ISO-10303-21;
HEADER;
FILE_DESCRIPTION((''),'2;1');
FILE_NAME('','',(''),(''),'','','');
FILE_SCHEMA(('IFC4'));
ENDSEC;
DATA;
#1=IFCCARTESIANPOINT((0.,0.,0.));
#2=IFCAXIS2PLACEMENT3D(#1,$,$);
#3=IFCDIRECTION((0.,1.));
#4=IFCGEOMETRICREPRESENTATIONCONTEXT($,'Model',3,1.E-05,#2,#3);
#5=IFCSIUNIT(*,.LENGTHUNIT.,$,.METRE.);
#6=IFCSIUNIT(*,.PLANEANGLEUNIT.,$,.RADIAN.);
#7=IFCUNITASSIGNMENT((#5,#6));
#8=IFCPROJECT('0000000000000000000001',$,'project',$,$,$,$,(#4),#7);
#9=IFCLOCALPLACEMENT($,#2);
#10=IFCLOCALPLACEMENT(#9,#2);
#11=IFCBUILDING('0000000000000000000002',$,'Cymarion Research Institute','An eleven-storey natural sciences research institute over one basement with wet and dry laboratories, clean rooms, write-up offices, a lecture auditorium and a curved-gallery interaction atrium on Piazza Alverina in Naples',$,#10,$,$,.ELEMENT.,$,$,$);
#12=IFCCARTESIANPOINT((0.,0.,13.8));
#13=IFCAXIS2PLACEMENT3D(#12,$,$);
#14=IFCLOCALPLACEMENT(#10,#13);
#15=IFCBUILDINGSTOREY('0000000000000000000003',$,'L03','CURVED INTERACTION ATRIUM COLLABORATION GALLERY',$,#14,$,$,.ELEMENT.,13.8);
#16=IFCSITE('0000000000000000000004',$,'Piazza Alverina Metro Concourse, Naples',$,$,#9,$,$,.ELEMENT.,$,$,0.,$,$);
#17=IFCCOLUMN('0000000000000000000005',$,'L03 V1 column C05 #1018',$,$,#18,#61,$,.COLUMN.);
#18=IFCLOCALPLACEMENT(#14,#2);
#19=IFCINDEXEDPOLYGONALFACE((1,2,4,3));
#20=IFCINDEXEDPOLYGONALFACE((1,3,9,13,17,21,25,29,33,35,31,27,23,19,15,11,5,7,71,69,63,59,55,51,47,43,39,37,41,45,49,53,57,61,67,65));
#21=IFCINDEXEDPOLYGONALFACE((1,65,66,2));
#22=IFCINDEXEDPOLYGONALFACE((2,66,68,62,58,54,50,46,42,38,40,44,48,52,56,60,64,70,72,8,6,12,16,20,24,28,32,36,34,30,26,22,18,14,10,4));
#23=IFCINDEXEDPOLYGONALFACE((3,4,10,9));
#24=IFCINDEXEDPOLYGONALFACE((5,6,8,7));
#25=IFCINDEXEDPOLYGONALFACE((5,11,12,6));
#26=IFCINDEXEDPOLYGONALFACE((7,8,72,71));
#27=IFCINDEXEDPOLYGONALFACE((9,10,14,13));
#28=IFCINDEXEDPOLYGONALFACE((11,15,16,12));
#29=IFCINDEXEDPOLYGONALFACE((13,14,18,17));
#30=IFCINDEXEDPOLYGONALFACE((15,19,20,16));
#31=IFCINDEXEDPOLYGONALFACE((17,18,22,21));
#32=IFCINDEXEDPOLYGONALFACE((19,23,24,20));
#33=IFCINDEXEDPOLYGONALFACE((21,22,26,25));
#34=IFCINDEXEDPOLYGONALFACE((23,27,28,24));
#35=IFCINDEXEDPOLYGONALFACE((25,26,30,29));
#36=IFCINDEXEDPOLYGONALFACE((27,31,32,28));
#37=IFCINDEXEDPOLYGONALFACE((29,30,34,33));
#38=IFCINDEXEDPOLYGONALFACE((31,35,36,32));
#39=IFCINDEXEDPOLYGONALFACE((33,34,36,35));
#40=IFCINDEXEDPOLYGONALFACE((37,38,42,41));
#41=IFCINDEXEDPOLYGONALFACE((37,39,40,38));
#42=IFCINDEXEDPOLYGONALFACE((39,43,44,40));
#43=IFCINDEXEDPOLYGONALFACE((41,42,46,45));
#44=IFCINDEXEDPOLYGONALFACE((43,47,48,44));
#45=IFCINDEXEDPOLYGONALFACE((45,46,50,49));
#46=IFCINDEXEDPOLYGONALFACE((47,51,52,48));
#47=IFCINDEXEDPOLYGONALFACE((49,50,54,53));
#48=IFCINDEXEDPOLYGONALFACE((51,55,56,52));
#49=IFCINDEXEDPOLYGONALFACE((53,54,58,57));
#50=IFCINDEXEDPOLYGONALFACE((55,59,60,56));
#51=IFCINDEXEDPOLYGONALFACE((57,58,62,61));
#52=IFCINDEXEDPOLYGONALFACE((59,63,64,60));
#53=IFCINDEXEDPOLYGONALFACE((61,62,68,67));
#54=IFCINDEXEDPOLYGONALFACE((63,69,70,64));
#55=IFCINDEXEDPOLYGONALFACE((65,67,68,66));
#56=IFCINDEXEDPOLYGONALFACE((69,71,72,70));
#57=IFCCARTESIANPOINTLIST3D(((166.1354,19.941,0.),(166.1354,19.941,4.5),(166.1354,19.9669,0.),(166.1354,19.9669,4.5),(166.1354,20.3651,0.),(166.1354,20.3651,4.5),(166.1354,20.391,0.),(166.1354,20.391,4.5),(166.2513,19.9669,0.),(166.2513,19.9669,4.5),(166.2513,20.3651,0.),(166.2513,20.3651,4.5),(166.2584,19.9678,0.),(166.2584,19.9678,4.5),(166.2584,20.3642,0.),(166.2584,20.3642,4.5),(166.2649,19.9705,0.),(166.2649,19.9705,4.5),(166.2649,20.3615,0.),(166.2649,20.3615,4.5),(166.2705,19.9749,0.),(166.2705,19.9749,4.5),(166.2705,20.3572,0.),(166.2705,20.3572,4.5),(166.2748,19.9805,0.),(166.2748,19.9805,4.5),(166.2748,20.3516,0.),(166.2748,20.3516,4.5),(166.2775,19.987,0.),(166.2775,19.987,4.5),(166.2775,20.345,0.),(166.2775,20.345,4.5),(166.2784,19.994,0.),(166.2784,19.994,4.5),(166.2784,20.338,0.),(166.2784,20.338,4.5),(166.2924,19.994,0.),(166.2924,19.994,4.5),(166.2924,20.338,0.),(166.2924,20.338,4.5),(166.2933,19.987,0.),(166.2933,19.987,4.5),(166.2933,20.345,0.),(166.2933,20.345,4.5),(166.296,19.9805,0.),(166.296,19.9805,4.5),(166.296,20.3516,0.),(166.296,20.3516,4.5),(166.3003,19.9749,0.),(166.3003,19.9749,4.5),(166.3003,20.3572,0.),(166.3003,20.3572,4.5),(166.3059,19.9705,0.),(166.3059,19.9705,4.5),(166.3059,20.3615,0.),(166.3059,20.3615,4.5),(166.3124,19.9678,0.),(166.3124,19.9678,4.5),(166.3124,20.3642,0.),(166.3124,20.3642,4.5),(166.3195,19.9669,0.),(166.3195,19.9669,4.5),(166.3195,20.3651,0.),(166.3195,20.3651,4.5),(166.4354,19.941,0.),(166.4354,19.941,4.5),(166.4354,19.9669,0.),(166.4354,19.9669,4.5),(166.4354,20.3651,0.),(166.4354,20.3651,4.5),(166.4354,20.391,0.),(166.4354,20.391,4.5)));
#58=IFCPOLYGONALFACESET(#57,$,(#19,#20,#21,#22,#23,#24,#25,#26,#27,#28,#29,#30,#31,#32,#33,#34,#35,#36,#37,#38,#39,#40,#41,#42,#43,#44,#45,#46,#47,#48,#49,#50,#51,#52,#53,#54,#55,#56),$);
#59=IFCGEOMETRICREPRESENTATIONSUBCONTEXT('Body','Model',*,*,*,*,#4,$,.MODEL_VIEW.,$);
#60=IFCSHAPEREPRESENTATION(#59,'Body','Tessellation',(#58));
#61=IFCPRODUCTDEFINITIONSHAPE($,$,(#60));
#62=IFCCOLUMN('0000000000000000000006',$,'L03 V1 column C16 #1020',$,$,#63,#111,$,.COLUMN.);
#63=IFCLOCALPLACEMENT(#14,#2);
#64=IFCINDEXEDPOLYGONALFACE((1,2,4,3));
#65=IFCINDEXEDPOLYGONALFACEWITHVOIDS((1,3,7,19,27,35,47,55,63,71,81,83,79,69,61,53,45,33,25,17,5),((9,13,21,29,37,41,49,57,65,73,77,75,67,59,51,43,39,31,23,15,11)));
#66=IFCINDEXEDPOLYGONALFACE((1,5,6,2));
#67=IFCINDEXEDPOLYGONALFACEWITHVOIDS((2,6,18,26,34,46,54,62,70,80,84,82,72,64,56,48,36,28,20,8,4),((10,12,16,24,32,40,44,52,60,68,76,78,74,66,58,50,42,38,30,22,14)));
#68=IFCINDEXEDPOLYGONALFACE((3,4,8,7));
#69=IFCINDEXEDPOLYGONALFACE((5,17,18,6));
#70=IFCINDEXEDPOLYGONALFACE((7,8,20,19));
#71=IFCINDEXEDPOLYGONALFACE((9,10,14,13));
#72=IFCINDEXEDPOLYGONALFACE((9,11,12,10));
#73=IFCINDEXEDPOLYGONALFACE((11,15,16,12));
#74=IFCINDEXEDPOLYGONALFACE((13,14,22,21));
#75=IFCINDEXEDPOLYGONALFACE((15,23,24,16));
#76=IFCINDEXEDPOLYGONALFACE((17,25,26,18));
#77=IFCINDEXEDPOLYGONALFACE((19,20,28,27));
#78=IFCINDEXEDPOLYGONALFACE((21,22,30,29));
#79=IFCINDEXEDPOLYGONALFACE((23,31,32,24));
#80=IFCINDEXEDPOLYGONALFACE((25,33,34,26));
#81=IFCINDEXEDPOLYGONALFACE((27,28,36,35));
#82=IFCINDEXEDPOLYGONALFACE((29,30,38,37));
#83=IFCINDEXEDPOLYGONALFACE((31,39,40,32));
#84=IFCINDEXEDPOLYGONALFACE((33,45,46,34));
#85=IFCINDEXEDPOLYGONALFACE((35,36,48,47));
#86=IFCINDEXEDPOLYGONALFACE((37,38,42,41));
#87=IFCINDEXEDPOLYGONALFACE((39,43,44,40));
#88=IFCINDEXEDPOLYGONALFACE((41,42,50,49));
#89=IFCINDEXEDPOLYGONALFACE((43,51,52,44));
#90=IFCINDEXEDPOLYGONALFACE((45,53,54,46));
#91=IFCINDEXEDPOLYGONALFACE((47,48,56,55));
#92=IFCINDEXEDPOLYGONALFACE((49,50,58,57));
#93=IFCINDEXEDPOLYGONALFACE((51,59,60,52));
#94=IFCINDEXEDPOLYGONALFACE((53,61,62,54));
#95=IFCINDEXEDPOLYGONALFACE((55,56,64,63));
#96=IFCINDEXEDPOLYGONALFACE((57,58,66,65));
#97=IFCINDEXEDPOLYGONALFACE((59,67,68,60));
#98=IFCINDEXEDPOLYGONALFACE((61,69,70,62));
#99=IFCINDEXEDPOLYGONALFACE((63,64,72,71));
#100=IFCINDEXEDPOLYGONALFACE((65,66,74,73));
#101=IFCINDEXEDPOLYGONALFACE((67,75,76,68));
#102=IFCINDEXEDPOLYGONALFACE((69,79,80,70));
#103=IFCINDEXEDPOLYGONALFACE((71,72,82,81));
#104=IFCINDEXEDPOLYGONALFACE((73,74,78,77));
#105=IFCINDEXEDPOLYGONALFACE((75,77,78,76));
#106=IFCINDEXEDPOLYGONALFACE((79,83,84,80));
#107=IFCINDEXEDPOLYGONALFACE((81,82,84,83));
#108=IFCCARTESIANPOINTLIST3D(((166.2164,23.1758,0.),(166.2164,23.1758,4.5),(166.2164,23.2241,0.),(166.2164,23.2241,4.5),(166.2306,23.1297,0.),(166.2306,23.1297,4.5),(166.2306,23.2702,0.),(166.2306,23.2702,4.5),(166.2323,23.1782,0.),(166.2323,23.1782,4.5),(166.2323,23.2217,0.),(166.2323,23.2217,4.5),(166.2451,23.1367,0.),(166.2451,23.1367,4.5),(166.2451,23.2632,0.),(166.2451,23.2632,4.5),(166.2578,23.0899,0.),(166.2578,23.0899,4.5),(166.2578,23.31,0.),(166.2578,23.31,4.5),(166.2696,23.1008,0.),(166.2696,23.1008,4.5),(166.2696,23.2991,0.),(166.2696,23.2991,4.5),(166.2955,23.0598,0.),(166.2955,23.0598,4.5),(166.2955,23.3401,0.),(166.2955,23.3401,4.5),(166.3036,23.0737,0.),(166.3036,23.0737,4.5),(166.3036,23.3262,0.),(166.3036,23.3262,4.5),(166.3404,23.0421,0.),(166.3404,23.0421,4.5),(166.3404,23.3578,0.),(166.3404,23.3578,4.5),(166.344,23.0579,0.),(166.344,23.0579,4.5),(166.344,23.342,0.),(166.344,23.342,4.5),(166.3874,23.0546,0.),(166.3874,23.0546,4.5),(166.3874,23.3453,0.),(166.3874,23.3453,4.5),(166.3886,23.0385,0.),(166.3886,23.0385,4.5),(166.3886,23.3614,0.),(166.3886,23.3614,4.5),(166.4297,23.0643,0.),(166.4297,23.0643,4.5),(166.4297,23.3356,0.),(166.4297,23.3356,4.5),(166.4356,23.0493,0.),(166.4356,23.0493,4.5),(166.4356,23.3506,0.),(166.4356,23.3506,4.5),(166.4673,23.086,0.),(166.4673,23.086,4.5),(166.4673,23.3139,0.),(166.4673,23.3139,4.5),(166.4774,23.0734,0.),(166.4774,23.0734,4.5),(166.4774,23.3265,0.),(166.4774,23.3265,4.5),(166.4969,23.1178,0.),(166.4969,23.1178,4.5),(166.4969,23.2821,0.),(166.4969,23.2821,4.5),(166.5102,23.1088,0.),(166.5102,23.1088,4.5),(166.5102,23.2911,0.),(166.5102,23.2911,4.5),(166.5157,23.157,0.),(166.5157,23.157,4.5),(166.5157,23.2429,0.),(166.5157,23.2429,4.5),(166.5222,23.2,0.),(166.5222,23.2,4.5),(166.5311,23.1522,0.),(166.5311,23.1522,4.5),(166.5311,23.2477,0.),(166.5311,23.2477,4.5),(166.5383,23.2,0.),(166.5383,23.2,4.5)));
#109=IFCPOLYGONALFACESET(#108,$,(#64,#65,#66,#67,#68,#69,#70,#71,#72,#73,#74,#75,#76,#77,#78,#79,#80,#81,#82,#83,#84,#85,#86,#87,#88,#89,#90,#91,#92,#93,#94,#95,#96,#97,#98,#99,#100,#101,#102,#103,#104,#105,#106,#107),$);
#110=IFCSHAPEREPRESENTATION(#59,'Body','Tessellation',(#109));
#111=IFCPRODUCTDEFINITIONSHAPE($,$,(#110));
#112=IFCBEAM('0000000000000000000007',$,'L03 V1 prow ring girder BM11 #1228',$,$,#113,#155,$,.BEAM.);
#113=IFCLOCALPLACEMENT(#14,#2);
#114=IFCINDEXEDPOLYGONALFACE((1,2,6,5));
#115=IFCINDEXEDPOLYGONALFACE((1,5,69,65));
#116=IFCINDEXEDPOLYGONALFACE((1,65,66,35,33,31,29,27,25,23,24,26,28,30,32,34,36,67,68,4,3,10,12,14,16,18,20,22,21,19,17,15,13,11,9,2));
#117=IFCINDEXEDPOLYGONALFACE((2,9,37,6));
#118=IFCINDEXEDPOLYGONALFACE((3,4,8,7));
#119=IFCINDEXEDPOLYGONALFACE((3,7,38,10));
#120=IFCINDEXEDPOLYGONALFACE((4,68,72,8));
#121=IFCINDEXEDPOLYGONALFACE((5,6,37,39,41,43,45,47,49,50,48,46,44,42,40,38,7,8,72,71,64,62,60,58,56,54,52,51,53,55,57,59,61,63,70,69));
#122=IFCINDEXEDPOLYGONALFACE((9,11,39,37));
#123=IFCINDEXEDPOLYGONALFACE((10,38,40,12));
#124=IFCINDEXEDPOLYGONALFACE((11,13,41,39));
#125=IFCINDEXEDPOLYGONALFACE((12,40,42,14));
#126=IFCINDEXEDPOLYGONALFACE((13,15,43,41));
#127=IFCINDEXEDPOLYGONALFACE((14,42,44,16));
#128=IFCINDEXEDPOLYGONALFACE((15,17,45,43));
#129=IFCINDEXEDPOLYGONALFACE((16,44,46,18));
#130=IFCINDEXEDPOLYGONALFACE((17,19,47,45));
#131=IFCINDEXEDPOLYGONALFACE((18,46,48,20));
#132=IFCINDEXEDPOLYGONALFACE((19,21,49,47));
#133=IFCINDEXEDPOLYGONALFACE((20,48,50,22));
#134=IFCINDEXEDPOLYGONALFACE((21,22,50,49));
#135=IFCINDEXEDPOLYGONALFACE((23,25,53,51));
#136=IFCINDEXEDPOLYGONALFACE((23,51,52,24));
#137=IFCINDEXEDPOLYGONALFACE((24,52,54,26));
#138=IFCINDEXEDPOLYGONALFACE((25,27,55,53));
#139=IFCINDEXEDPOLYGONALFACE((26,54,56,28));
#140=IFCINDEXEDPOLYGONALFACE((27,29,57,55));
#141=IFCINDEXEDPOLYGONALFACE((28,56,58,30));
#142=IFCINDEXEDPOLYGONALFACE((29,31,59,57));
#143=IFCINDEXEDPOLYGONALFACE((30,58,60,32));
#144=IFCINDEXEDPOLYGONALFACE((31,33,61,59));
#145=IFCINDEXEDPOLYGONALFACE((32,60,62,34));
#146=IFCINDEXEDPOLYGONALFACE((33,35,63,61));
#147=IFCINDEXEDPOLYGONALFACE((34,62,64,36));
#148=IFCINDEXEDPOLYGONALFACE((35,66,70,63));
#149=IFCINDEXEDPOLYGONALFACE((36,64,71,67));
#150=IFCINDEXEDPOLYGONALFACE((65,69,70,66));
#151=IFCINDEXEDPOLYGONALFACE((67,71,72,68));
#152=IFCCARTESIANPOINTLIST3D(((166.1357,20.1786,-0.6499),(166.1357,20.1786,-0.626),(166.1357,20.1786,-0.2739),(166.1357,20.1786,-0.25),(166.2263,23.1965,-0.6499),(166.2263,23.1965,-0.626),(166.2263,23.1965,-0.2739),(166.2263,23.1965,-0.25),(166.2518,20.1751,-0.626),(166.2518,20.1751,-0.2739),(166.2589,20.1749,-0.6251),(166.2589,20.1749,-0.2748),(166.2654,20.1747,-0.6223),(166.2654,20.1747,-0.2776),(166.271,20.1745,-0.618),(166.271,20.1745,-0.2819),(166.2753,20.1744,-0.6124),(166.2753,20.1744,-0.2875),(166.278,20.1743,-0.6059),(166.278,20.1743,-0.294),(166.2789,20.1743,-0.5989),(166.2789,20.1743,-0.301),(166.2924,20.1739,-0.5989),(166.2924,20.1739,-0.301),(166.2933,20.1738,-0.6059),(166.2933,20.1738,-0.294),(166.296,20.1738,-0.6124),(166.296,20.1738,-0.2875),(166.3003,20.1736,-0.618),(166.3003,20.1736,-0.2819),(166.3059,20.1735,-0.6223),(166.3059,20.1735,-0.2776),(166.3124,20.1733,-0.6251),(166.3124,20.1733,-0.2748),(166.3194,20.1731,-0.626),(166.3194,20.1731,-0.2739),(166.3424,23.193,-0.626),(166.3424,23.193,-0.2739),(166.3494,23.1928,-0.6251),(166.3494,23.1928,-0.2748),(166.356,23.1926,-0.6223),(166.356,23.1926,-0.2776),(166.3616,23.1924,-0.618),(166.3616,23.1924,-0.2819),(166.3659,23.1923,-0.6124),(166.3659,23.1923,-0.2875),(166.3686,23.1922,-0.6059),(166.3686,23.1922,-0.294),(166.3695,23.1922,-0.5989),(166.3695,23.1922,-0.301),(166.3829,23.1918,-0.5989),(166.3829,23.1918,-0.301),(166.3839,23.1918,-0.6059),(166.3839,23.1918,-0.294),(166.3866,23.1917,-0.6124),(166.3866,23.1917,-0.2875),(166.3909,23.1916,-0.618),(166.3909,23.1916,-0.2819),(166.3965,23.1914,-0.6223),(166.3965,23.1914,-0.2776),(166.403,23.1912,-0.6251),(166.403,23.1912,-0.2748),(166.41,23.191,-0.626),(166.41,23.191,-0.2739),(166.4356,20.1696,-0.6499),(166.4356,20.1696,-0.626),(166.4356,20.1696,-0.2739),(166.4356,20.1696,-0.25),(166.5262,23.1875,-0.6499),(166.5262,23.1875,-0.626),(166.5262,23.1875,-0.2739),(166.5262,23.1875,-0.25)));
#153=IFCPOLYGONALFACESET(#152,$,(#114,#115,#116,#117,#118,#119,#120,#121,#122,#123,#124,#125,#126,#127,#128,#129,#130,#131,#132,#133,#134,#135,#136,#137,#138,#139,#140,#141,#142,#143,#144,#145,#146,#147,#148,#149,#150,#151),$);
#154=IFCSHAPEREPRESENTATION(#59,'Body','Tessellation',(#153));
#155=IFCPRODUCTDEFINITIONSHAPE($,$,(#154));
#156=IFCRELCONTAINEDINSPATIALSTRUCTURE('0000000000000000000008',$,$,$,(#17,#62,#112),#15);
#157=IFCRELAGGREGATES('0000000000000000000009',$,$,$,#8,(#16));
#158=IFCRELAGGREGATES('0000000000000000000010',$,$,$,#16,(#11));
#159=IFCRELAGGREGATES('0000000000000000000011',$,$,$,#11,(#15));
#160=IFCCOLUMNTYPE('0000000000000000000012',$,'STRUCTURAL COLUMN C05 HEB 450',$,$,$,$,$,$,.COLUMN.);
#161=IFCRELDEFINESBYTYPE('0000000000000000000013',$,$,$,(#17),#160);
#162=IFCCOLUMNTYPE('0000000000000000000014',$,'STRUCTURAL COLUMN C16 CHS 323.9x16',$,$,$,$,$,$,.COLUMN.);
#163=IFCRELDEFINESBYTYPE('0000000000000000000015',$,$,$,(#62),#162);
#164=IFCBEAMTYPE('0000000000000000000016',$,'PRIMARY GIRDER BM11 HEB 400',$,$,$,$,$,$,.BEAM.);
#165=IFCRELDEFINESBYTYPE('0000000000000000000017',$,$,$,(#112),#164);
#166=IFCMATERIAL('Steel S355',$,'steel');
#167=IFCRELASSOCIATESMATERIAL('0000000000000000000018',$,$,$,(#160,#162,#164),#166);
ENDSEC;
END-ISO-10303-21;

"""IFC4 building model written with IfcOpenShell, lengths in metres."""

from ifc_helpers import new_model, si_unit, direction, frame, origin, origin_2d, place, context, subcontext, project, spatial, hollow_circle, i_section, extrude, material, material_profile, profile_set, type_object, element, save


model = new_model("IFC4")

# Units and contexts
model_context = context("Model", 3, precision=1e-05, world=origin(), true_north=direction((0.0, 1.0)))
body_context = subcontext(model_context, "Body", "Model", "MODEL_VIEW")
ifc_project = project(units=[si_unit("LENGTHUNIT", "METRE"), si_unit("PLANEANGLEUNIT", "RADIAN")], contexts=[model_context])

# Site, building, storey
site_placement = place(None, origin())
site = spatial("IfcSite", under=ifc_project, at=site_placement, Name="Piazza Alverina Metro Concourse, Naples", CompositionType="ELEMENT", RefElevation=0.0)
building_placement = place(site_placement, origin())
building = spatial("IfcBuilding", under=site, at=building_placement, Name="Cymarion Research Institute", Description="An eleven-storey natural sciences research institute over one basement with wet and dry laboratories, clean rooms, write-up offices, a lecture auditorium and a curved-gallery interaction atrium on Piazza Alverina in Naples", CompositionType="ELEMENT")
storey_placement = place(building_placement, frame((0.0, 0.0, 13.8)))
storey = spatial("IfcBuildingStorey", under=building, at=storey_placement, Name="L03", Description="CURVED INTERACTION ATRIUM COLLABORATION GALLERY", CompositionType="ELEMENT", Elevation=13.8)

# Columns
ifc_material_1 = material(Name="Steel S355", Category="steel")
ifc_material_profile_1 = material_profile(ifc_material_1, i_section(OverallWidth=0.3, OverallDepth=0.45, WebThickness=0.0139, FlangeThickness=0.0259, FilletRadius=0.0271, at=origin_2d()), Name="HEB 450")
ifc_profile_set_1 = profile_set([ifc_material_profile_1], Name="Steel S355")
column_type_1 = type_object("IfcColumnType", Name="STRUCTURAL COLUMN C05 HEB 450", PredefinedType="COLUMN", material=ifc_profile_set_1)
column_1_placement = place(storey_placement, frame((166.2854, 20.166, 0.0), z_axis=(0.0, 0.0, 1.0), x_axis=(1.0, 0.0, 0.0)))
element("IfcColumn", 1, at=column_1_placement, inside=storey, type_object=column_type_1, Name="L03 V1 column C05 #1018", PredefinedType="COLUMN", context=body_context, shape_type="SweptSolid", body=[
    extrude(i_section(OverallWidth=0.3, OverallDepth=0.45, WebThickness=0.0139, FlangeThickness=0.0259, FilletRadius=0.0271, at=origin_2d()), origin(), (0.0, 0.0, 1.0), 4.5),
])
ifc_material_profile_2 = material_profile(ifc_material_1, hollow_circle(Radius=0.1619, WallThickness=0.0161, at=origin_2d()), Name="CHS 323.9x16")
ifc_profile_set_2 = profile_set([ifc_material_profile_2], Name="Steel S355")
column_type_2 = type_object("IfcColumnType", Name="STRUCTURAL COLUMN C16 CHS 323.9x16", PredefinedType="COLUMN", material=ifc_profile_set_2)
column_2_placement = place(storey_placement, frame((166.3765, 23.2, 0.0), z_axis=(0.0, 0.0, 1.0), x_axis=(1.0, 0.0, 0.0)))
element("IfcColumn", 2, at=column_2_placement, inside=storey, type_object=column_type_2, Name="L03 V1 column C16 #1020", PredefinedType="COLUMN", context=body_context, shape_type="SweptSolid", body=[
    extrude(hollow_circle(Radius=0.1619, WallThickness=0.0161, at=origin_2d()), origin(), (0.0, 0.0, 1.0), 4.5),
])

# Beam
ifc_material_profile_3 = material_profile(ifc_material_1, i_section(OverallWidth=0.3, OverallDepth=0.3999, WebThickness=0.0134, FlangeThickness=0.0239, FilletRadius=0.0271, at=origin_2d()), Name="HEB 400")
ifc_profile_set_3 = profile_set([ifc_material_profile_3], Name="Steel S355")
beam_type = type_object("IfcBeamType", Name="PRIMARY GIRDER BM11 HEB 400", PredefinedType="BEAM", material=ifc_profile_set_3)
beam_1_placement = place(storey_placement, frame((166.2856, 20.1741, -0.45), z_axis=(0.03, 0.99955, 0.0), x_axis=(-0.99955, 0.03, 0.0)))
element("IfcBeam", 3, at=beam_1_placement, inside=storey, type_object=beam_type, Name="L03 V1 prow ring girder BM11 #1228", PredefinedType="BEAM", context=body_context, shape_type="SweptSolid", body=[
    extrude(i_section(OverallWidth=0.3, OverallDepth=0.3999, WebThickness=0.0134, FlangeThickness=0.0239, FilletRadius=0.0271, at=origin_2d()), origin(), (0.0, 0.0, 1.0), 3.0193),
])

save(model, "model.ifc")
